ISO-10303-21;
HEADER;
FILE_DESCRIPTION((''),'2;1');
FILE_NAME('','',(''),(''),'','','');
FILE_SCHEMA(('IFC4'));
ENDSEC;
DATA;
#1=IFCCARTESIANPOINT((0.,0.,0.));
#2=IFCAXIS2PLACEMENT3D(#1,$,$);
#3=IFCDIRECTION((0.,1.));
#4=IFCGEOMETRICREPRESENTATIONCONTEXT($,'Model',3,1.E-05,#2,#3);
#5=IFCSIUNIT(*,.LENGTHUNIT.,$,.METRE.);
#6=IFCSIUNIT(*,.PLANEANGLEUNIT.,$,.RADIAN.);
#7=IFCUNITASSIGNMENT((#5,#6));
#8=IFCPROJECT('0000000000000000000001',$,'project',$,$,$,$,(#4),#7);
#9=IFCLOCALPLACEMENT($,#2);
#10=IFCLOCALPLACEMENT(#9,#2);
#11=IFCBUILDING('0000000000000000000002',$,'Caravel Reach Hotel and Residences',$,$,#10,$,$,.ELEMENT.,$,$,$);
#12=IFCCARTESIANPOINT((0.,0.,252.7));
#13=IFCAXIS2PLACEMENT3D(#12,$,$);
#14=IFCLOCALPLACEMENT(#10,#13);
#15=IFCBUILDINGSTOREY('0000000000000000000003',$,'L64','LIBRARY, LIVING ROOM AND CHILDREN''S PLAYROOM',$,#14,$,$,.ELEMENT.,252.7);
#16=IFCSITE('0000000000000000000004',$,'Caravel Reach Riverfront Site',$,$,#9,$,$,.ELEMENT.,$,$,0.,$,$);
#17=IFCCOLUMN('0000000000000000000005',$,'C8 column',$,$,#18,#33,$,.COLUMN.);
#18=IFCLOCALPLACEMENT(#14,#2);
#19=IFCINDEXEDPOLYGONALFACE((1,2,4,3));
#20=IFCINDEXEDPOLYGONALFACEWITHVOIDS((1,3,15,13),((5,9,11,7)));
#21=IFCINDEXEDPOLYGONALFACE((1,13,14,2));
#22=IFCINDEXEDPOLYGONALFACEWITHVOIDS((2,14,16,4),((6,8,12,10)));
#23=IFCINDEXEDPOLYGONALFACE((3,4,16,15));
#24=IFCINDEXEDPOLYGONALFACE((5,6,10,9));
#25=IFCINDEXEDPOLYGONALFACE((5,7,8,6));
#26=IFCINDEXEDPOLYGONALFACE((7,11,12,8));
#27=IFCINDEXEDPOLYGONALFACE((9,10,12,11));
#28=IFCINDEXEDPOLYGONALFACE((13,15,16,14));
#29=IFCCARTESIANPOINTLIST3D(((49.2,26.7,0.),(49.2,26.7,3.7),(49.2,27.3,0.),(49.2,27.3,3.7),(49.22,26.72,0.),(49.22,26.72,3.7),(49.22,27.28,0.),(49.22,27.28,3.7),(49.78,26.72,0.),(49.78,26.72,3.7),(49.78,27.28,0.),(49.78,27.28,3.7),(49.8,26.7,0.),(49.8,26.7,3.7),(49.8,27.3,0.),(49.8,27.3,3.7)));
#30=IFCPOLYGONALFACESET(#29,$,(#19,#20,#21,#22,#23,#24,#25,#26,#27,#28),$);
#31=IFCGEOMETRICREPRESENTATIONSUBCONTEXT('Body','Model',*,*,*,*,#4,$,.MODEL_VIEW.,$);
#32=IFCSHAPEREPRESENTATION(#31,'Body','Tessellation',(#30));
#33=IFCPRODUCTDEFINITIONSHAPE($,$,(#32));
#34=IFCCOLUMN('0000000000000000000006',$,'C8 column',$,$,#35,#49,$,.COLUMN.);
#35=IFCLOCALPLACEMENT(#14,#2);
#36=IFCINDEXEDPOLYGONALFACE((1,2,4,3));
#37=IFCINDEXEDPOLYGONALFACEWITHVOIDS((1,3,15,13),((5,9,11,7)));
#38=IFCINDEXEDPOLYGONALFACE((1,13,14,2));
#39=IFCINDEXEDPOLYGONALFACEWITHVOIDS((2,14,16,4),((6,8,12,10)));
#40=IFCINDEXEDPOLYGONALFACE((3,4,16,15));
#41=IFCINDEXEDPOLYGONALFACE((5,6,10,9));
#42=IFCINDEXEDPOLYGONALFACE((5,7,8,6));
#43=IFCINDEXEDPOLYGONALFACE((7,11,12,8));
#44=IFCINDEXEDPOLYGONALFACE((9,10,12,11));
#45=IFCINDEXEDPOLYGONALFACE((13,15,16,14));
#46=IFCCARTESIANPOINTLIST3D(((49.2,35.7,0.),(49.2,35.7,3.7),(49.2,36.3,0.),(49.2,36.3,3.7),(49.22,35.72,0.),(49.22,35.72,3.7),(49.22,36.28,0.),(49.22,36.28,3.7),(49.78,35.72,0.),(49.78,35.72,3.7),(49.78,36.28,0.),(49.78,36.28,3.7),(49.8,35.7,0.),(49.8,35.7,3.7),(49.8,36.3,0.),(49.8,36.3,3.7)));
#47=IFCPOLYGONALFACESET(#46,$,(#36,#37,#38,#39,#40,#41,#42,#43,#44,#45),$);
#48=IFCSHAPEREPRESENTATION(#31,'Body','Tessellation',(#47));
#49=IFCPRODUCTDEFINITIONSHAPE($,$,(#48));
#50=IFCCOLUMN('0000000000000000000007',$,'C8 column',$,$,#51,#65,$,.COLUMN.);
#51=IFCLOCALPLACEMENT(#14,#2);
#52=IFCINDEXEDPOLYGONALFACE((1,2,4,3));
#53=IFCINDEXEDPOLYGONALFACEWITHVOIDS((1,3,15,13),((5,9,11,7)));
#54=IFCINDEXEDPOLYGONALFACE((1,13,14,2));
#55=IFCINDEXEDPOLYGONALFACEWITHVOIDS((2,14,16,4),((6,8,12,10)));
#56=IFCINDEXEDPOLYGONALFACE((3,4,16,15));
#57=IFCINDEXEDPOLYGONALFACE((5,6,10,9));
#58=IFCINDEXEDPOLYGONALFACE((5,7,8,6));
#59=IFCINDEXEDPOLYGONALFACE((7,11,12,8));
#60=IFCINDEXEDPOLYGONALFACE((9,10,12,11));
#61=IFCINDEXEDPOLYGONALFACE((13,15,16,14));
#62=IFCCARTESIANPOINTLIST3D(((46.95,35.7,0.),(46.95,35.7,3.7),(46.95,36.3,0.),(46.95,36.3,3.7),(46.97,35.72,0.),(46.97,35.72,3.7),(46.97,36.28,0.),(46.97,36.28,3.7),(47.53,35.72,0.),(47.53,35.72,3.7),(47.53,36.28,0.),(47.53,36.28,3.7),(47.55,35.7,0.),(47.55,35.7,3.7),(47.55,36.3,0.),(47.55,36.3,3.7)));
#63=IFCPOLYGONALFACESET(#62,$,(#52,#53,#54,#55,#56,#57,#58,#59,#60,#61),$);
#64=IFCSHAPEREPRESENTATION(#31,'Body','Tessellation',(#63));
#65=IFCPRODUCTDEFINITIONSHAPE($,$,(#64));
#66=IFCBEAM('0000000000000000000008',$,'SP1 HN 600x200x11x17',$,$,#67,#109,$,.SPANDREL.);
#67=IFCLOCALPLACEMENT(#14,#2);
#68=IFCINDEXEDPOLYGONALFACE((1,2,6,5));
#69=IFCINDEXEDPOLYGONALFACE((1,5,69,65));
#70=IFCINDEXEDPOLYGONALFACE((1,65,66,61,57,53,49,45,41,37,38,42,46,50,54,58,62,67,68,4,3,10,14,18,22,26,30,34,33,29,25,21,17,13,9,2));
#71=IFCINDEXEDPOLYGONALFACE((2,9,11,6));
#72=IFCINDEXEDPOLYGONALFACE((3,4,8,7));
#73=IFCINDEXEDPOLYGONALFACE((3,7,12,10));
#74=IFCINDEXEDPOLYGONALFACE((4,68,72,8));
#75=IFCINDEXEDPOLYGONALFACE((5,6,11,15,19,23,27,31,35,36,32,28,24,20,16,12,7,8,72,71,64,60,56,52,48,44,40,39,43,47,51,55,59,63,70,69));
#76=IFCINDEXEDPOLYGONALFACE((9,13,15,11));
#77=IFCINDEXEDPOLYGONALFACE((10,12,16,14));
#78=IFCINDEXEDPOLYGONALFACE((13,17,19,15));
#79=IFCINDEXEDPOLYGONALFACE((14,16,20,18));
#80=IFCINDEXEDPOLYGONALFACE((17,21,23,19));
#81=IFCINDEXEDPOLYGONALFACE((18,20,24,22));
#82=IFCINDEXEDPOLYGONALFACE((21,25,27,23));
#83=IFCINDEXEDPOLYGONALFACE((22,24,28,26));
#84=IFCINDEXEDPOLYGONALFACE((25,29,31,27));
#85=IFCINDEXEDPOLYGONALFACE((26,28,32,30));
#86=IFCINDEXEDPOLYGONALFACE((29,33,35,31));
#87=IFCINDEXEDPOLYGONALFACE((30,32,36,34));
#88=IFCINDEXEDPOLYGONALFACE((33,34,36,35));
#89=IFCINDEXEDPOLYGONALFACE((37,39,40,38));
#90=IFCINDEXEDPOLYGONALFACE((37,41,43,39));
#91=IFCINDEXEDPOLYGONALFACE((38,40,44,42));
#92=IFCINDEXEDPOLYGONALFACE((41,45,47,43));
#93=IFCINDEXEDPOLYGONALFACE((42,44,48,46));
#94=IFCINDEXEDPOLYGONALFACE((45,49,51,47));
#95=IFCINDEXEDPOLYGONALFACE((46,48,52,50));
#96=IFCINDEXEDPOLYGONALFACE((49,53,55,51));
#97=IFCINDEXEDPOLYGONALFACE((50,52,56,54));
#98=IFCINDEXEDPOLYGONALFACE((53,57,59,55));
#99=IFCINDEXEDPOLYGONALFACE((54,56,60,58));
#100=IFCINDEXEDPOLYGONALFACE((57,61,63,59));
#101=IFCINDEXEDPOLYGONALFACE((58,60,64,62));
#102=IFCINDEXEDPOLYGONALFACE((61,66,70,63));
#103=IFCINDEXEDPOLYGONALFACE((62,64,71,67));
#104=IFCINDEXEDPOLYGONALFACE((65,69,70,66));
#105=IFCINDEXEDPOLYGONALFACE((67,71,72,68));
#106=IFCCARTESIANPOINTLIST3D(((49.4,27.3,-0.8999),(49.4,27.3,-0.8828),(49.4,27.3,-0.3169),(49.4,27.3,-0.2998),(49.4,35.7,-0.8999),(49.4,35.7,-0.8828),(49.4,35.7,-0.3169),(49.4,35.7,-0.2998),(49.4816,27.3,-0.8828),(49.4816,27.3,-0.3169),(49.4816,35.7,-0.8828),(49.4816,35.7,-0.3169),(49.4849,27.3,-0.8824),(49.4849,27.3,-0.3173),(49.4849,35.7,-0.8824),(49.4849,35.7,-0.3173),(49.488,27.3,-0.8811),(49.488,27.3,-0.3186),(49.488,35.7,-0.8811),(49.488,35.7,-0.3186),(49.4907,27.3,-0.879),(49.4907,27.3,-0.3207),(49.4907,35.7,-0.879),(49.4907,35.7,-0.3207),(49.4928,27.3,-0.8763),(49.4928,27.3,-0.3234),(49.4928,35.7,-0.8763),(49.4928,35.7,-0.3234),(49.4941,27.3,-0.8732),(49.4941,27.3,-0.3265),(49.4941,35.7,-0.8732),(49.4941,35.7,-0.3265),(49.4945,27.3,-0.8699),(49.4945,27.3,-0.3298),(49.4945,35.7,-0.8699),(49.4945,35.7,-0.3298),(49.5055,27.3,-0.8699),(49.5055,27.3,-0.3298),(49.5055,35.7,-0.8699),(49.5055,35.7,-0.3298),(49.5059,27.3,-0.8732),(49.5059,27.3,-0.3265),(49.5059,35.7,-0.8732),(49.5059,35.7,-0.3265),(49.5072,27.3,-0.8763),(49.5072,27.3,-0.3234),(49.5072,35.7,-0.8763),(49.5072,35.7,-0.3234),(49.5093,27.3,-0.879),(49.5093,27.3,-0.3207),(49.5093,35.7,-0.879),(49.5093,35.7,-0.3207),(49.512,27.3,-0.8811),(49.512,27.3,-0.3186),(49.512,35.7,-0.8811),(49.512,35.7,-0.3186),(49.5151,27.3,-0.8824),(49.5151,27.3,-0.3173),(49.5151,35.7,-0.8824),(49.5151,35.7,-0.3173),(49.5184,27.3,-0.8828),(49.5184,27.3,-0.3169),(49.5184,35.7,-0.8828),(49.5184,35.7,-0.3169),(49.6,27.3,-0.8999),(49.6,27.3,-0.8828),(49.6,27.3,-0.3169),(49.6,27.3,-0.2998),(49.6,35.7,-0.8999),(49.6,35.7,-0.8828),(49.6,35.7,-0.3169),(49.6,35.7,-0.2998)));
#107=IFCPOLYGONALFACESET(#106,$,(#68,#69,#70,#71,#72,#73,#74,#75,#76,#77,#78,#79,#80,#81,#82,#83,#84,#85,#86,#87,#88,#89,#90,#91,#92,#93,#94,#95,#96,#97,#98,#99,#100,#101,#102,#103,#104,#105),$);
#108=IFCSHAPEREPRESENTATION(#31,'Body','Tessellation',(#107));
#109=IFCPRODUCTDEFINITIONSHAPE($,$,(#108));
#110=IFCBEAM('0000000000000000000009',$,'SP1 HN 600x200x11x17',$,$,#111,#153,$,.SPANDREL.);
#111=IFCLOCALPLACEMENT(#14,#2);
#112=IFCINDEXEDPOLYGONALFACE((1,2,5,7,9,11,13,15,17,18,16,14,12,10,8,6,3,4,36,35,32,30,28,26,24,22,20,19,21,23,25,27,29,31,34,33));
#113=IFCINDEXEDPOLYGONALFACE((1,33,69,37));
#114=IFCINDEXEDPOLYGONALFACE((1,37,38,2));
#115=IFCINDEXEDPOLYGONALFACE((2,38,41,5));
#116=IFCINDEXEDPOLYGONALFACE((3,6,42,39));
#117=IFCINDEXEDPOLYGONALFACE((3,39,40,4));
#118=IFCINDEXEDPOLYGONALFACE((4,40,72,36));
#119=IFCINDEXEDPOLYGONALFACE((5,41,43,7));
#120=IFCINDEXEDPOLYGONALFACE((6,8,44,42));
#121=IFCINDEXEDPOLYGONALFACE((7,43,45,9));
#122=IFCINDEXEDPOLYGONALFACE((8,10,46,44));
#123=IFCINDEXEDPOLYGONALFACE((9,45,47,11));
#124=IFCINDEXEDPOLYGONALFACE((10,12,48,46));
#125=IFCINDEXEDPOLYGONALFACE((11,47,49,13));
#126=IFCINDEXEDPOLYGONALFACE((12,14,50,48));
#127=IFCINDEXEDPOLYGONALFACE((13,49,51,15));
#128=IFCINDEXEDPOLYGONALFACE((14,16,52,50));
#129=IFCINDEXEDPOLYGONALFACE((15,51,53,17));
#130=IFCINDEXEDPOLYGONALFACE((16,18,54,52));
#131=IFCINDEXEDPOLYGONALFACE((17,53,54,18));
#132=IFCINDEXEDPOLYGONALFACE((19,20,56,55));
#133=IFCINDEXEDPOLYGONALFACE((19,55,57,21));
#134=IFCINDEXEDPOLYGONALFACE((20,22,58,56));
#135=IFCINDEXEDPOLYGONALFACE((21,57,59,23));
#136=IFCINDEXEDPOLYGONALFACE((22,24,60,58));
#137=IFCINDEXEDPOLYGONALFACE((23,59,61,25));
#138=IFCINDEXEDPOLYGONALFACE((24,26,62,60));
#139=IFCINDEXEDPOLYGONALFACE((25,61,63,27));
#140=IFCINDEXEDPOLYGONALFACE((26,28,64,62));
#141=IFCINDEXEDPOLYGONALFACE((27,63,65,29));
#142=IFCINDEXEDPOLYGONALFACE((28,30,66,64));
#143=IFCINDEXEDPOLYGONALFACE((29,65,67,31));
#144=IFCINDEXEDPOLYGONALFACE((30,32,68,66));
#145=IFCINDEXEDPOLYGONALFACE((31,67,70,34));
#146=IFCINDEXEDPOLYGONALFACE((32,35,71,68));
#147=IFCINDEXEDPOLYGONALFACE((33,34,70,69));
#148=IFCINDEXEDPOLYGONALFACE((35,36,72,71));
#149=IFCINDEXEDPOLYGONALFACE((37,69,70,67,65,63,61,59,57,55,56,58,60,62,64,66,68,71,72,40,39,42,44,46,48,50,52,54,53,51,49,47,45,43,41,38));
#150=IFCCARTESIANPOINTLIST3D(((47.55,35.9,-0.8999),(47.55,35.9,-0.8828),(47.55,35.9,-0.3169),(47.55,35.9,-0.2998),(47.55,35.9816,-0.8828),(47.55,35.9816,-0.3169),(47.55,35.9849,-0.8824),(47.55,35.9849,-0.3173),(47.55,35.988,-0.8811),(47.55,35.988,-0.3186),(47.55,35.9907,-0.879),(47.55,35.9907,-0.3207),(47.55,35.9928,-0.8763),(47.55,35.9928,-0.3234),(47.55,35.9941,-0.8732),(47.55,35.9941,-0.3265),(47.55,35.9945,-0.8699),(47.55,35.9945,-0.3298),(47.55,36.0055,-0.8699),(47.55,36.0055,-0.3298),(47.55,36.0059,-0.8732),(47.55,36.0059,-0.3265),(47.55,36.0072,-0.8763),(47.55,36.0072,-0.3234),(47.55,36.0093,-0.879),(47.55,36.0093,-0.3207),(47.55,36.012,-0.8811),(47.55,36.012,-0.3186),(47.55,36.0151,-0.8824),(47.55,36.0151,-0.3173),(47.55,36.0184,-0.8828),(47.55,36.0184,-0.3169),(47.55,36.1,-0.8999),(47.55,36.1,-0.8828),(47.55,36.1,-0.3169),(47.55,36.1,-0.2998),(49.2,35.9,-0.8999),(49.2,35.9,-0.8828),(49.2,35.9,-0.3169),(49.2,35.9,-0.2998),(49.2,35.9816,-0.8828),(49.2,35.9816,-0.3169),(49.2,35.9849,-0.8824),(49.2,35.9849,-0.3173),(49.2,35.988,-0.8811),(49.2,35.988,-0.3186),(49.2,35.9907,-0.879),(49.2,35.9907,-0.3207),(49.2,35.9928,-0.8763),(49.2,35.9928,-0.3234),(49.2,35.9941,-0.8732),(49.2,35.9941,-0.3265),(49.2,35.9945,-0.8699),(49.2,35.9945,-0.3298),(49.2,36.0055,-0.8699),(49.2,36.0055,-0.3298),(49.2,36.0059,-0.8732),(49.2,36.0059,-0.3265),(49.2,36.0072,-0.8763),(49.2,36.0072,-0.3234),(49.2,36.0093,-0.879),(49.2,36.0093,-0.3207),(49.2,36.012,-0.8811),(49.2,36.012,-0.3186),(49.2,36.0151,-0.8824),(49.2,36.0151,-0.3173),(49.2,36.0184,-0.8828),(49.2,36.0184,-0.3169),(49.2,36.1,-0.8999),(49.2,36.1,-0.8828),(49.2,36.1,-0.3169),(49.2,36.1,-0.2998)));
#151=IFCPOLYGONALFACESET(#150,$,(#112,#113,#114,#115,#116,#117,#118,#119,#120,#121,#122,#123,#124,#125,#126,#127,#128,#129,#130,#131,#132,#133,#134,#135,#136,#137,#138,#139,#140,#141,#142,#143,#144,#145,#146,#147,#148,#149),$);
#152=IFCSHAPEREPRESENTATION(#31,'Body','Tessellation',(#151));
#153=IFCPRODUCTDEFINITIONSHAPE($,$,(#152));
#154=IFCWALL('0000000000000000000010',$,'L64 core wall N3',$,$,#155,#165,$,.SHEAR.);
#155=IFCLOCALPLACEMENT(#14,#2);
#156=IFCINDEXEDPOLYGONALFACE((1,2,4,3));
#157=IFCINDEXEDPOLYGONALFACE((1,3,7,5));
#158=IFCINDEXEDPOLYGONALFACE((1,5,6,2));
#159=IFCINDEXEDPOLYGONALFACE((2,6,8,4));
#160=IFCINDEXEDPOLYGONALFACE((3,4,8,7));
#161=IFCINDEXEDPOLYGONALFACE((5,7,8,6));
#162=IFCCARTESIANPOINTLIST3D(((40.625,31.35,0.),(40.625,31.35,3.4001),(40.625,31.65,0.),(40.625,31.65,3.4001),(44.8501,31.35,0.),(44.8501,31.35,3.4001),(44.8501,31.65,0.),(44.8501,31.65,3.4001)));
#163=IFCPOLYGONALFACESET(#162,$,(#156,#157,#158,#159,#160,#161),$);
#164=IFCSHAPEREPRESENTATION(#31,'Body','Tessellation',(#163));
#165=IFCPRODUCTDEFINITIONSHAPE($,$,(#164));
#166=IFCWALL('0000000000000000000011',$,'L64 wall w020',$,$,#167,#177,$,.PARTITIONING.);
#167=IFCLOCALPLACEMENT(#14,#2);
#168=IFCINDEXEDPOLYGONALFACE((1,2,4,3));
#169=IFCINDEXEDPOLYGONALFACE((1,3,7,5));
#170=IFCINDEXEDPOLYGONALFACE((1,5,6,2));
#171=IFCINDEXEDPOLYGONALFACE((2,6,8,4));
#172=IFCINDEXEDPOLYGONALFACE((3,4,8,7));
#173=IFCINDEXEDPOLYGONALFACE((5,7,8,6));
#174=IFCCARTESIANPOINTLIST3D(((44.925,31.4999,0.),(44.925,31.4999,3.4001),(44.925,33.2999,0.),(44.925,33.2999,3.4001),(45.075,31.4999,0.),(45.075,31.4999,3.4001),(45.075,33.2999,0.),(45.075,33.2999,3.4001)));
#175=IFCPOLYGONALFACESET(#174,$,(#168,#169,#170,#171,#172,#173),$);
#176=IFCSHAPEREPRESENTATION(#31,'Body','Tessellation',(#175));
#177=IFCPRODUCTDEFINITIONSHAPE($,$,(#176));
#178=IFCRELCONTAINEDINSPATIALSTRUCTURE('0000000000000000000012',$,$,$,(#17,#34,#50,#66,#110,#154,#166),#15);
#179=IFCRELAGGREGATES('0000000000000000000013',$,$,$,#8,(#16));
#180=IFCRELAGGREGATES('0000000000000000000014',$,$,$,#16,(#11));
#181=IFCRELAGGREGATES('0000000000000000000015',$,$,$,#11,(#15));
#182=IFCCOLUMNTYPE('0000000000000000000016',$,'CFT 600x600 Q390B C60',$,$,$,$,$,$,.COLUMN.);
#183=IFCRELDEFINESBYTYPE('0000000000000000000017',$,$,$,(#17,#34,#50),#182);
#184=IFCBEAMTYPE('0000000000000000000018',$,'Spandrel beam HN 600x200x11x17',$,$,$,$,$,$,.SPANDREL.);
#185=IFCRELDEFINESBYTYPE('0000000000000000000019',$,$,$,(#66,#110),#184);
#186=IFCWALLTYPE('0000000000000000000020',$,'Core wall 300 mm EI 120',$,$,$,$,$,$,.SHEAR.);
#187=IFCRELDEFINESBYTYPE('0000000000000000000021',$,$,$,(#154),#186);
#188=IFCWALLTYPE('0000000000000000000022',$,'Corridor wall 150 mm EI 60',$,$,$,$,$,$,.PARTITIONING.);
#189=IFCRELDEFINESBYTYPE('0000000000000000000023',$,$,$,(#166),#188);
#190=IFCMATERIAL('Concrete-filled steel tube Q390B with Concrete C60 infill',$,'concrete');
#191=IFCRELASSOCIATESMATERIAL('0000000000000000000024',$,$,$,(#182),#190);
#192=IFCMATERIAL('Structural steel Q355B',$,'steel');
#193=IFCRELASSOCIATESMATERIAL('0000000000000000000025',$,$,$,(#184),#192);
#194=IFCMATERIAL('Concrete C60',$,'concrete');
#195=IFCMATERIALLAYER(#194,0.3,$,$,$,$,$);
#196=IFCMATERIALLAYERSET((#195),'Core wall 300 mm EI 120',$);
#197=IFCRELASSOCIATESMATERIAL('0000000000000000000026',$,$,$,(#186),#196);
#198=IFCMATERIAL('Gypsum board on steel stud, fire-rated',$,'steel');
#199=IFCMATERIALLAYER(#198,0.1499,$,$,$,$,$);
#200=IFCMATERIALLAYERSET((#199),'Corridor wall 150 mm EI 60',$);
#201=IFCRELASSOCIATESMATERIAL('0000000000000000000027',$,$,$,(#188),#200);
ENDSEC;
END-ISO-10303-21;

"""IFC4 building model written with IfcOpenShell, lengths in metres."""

from ifc_helpers import new_model, si_unit, direction, frame, frame_2d, origin, origin_2d, place, context, subcontext, project, spatial, rectangle, hollow_rectangle, i_section, extrude, material, layer, layer_set, material_profile, profile_set, type_object, element, save


model = new_model("IFC4")

# Units and contexts
model_context = context("Model", 3, precision=1e-05, world=origin(), true_north=direction((0.0, 1.0)))
body_context = subcontext(model_context, "Body", "Model", "MODEL_VIEW")
ifc_project = project(units=[si_unit("LENGTHUNIT", "METRE"), si_unit("PLANEANGLEUNIT", "RADIAN")], contexts=[model_context])

# Site, building, storey
site_placement = place(None, origin())
site = spatial("IfcSite", under=ifc_project, at=site_placement, Name="Caravel Reach Riverfront Site", CompositionType="ELEMENT", RefElevation=0.0)
building_placement = place(site_placement, origin())
building = spatial("IfcBuilding", under=site, at=building_placement, Name="Caravel Reach Hotel and Residences", CompositionType="ELEMENT")
storey_placement = place(building_placement, frame((0.0, 0.0, 252.7)))
storey = spatial("IfcBuildingStorey", under=building, at=storey_placement, Name="L64", Description="LIBRARY, LIVING ROOM AND CHILDREN'S PLAYROOM", CompositionType="ELEMENT", Elevation=252.7)

# Columns
ifc_material_1 = material(Name="Concrete-filled steel tube Q390B with Concrete C60 infill", Category="concrete")
ifc_material_profile_1 = material_profile(ifc_material_1, hollow_rectangle(XDim=0.6001, YDim=0.6001, WallThickness=0.02, at=origin_2d()), Name="RHS 600x600x20")
ifc_profile_set_1 = profile_set([ifc_material_profile_1], Name="Concrete-filled steel tube Q390B with Concrete C60 infill")
column_type = type_object("IfcColumnType", Name="CFT 600x600 Q390B C60", PredefinedType="COLUMN", material=ifc_profile_set_1)
for number, where, z_axis, x_axis, name in (
    (1, (49.5, 27.0, 0.0), (0.0, 0.0, 1.0), (1.0, 0.0, 0.0), "C8 column"),
    (2, (49.5, 36.0, 0.0), (0.0, 0.0, 1.0), (1.0, 0.0, 0.0), "C8 column"),
    (3, (47.25, 36.0, 0.0), (0.0, 0.0, 1.0), (1.0, 0.0, 0.0), "C8 column"),
):
    element("IfcColumn", number, at=place(storey_placement, frame(where, z_axis=z_axis, x_axis=x_axis)), inside=storey, type_object=column_type, Name=name, PredefinedType="COLUMN", context=body_context, shape_type="SweptSolid", body=[
        extrude(hollow_rectangle(XDim=0.6001, YDim=0.6001, WallThickness=0.02, at=origin_2d()), origin(), (0.0, 0.0, 1.0), 3.7),
    ])

# Beams
ifc_material_2 = material(Name="Structural steel Q355B", Category="steel")
ifc_material_profile_2 = material_profile(ifc_material_2, i_section(OverallWidth=0.2, OverallDepth=0.6001, WebThickness=0.011, FlangeThickness=0.0171, FilletRadius=0.0129, at=origin_2d()), Name="HN 600x200x11x17")
ifc_profile_set_2 = profile_set([ifc_material_profile_2], Name="Structural steel Q355B")
beam_type = type_object("IfcBeamType", Name="Spandrel beam HN 600x200x11x17", PredefinedType="SPANDREL", material=ifc_profile_set_2)
beam_1_placement = place(storey_placement, frame((49.5, 27.3, -0.5999), z_axis=(0.0, 1.0, 0.0), x_axis=(-1.0, 0.0, 0.0)))
element("IfcBeam", 4, at=beam_1_placement, inside=storey, type_object=beam_type, Name="SP1 HN 600x200x11x17", PredefinedType="SPANDREL", context=body_context, shape_type="SweptSolid", body=[
    extrude(i_section(OverallWidth=0.2, OverallDepth=0.6001, WebThickness=0.011, FlangeThickness=0.0171, FilletRadius=0.0129, at=origin_2d()), origin(), (0.0, 0.0, 1.0), 8.3999),
])
beam_2_placement = place(storey_placement, frame((49.2, 36.0, -0.5999), z_axis=(-1.0, 0.0, 0.0), x_axis=(0.0, -1.0, 0.0)))
element("IfcBeam", 5, at=beam_2_placement, inside=storey, type_object=beam_type, Name="SP1 HN 600x200x11x17", PredefinedType="SPANDREL", context=body_context, shape_type="SweptSolid", body=[
    extrude(i_section(OverallWidth=0.2, OverallDepth=0.6001, WebThickness=0.011, FlangeThickness=0.0171, FilletRadius=0.0129, at=origin_2d()), origin(), (0.0, 0.0, 1.0), 1.6499),
])

# Walls
ifc_material_3 = material(Name="Concrete C60", Category="concrete")
ifc_layer_1 = layer(ifc_material_3, 0.3)
ifc_layer_set_1 = layer_set([ifc_layer_1], Name="Core wall 300 mm EI 120")
wall_type_1 = type_object("IfcWallType", Name="Core wall 300 mm EI 120", PredefinedType="SHEAR", material=ifc_layer_set_1)
wall_1_placement = place(storey_placement, frame((40.625, 31.5, 0.0), z_axis=(0.0, 0.0, 1.0), x_axis=(1.0, 0.0, 0.0)))
element("IfcWall", 6, at=wall_1_placement, inside=storey, type_object=wall_type_1, Name="L64 core wall N3", PredefinedType="SHEAR", context=body_context, shape_type="SweptSolid", body=[
    extrude(rectangle(XDim=4.2251, YDim=0.3, at=frame_2d((2.1125, 0.0))), origin(), (0.0, 0.0, 1.0), 3.4001),
])
ifc_material_4 = material(Name="Gypsum board on steel stud, fire-rated", Category="steel")
ifc_layer_2 = layer(ifc_material_4, 0.1499)
ifc_layer_set_2 = layer_set([ifc_layer_2], Name="Corridor wall 150 mm EI 60")
wall_type_2 = type_object("IfcWallType", Name="Corridor wall 150 mm EI 60", PredefinedType="PARTITIONING", material=ifc_layer_set_2)
wall_2_placement = place(storey_placement, frame((45.0, 31.5, 0.0), z_axis=(0.0, 0.0, 1.0), x_axis=(0.0, 1.0, 0.0)))
element("IfcWall", 7, at=wall_2_placement, inside=storey, type_object=wall_type_2, Name="L64 wall w020", PredefinedType="PARTITIONING", context=body_context, shape_type="SweptSolid", body=[
    extrude(rectangle(XDim=1.8, YDim=0.1499, at=frame_2d((0.8999, 0.0))), origin(), (0.0, 0.0, 1.0), 3.4001),
])

save(model, "model.ifc")
